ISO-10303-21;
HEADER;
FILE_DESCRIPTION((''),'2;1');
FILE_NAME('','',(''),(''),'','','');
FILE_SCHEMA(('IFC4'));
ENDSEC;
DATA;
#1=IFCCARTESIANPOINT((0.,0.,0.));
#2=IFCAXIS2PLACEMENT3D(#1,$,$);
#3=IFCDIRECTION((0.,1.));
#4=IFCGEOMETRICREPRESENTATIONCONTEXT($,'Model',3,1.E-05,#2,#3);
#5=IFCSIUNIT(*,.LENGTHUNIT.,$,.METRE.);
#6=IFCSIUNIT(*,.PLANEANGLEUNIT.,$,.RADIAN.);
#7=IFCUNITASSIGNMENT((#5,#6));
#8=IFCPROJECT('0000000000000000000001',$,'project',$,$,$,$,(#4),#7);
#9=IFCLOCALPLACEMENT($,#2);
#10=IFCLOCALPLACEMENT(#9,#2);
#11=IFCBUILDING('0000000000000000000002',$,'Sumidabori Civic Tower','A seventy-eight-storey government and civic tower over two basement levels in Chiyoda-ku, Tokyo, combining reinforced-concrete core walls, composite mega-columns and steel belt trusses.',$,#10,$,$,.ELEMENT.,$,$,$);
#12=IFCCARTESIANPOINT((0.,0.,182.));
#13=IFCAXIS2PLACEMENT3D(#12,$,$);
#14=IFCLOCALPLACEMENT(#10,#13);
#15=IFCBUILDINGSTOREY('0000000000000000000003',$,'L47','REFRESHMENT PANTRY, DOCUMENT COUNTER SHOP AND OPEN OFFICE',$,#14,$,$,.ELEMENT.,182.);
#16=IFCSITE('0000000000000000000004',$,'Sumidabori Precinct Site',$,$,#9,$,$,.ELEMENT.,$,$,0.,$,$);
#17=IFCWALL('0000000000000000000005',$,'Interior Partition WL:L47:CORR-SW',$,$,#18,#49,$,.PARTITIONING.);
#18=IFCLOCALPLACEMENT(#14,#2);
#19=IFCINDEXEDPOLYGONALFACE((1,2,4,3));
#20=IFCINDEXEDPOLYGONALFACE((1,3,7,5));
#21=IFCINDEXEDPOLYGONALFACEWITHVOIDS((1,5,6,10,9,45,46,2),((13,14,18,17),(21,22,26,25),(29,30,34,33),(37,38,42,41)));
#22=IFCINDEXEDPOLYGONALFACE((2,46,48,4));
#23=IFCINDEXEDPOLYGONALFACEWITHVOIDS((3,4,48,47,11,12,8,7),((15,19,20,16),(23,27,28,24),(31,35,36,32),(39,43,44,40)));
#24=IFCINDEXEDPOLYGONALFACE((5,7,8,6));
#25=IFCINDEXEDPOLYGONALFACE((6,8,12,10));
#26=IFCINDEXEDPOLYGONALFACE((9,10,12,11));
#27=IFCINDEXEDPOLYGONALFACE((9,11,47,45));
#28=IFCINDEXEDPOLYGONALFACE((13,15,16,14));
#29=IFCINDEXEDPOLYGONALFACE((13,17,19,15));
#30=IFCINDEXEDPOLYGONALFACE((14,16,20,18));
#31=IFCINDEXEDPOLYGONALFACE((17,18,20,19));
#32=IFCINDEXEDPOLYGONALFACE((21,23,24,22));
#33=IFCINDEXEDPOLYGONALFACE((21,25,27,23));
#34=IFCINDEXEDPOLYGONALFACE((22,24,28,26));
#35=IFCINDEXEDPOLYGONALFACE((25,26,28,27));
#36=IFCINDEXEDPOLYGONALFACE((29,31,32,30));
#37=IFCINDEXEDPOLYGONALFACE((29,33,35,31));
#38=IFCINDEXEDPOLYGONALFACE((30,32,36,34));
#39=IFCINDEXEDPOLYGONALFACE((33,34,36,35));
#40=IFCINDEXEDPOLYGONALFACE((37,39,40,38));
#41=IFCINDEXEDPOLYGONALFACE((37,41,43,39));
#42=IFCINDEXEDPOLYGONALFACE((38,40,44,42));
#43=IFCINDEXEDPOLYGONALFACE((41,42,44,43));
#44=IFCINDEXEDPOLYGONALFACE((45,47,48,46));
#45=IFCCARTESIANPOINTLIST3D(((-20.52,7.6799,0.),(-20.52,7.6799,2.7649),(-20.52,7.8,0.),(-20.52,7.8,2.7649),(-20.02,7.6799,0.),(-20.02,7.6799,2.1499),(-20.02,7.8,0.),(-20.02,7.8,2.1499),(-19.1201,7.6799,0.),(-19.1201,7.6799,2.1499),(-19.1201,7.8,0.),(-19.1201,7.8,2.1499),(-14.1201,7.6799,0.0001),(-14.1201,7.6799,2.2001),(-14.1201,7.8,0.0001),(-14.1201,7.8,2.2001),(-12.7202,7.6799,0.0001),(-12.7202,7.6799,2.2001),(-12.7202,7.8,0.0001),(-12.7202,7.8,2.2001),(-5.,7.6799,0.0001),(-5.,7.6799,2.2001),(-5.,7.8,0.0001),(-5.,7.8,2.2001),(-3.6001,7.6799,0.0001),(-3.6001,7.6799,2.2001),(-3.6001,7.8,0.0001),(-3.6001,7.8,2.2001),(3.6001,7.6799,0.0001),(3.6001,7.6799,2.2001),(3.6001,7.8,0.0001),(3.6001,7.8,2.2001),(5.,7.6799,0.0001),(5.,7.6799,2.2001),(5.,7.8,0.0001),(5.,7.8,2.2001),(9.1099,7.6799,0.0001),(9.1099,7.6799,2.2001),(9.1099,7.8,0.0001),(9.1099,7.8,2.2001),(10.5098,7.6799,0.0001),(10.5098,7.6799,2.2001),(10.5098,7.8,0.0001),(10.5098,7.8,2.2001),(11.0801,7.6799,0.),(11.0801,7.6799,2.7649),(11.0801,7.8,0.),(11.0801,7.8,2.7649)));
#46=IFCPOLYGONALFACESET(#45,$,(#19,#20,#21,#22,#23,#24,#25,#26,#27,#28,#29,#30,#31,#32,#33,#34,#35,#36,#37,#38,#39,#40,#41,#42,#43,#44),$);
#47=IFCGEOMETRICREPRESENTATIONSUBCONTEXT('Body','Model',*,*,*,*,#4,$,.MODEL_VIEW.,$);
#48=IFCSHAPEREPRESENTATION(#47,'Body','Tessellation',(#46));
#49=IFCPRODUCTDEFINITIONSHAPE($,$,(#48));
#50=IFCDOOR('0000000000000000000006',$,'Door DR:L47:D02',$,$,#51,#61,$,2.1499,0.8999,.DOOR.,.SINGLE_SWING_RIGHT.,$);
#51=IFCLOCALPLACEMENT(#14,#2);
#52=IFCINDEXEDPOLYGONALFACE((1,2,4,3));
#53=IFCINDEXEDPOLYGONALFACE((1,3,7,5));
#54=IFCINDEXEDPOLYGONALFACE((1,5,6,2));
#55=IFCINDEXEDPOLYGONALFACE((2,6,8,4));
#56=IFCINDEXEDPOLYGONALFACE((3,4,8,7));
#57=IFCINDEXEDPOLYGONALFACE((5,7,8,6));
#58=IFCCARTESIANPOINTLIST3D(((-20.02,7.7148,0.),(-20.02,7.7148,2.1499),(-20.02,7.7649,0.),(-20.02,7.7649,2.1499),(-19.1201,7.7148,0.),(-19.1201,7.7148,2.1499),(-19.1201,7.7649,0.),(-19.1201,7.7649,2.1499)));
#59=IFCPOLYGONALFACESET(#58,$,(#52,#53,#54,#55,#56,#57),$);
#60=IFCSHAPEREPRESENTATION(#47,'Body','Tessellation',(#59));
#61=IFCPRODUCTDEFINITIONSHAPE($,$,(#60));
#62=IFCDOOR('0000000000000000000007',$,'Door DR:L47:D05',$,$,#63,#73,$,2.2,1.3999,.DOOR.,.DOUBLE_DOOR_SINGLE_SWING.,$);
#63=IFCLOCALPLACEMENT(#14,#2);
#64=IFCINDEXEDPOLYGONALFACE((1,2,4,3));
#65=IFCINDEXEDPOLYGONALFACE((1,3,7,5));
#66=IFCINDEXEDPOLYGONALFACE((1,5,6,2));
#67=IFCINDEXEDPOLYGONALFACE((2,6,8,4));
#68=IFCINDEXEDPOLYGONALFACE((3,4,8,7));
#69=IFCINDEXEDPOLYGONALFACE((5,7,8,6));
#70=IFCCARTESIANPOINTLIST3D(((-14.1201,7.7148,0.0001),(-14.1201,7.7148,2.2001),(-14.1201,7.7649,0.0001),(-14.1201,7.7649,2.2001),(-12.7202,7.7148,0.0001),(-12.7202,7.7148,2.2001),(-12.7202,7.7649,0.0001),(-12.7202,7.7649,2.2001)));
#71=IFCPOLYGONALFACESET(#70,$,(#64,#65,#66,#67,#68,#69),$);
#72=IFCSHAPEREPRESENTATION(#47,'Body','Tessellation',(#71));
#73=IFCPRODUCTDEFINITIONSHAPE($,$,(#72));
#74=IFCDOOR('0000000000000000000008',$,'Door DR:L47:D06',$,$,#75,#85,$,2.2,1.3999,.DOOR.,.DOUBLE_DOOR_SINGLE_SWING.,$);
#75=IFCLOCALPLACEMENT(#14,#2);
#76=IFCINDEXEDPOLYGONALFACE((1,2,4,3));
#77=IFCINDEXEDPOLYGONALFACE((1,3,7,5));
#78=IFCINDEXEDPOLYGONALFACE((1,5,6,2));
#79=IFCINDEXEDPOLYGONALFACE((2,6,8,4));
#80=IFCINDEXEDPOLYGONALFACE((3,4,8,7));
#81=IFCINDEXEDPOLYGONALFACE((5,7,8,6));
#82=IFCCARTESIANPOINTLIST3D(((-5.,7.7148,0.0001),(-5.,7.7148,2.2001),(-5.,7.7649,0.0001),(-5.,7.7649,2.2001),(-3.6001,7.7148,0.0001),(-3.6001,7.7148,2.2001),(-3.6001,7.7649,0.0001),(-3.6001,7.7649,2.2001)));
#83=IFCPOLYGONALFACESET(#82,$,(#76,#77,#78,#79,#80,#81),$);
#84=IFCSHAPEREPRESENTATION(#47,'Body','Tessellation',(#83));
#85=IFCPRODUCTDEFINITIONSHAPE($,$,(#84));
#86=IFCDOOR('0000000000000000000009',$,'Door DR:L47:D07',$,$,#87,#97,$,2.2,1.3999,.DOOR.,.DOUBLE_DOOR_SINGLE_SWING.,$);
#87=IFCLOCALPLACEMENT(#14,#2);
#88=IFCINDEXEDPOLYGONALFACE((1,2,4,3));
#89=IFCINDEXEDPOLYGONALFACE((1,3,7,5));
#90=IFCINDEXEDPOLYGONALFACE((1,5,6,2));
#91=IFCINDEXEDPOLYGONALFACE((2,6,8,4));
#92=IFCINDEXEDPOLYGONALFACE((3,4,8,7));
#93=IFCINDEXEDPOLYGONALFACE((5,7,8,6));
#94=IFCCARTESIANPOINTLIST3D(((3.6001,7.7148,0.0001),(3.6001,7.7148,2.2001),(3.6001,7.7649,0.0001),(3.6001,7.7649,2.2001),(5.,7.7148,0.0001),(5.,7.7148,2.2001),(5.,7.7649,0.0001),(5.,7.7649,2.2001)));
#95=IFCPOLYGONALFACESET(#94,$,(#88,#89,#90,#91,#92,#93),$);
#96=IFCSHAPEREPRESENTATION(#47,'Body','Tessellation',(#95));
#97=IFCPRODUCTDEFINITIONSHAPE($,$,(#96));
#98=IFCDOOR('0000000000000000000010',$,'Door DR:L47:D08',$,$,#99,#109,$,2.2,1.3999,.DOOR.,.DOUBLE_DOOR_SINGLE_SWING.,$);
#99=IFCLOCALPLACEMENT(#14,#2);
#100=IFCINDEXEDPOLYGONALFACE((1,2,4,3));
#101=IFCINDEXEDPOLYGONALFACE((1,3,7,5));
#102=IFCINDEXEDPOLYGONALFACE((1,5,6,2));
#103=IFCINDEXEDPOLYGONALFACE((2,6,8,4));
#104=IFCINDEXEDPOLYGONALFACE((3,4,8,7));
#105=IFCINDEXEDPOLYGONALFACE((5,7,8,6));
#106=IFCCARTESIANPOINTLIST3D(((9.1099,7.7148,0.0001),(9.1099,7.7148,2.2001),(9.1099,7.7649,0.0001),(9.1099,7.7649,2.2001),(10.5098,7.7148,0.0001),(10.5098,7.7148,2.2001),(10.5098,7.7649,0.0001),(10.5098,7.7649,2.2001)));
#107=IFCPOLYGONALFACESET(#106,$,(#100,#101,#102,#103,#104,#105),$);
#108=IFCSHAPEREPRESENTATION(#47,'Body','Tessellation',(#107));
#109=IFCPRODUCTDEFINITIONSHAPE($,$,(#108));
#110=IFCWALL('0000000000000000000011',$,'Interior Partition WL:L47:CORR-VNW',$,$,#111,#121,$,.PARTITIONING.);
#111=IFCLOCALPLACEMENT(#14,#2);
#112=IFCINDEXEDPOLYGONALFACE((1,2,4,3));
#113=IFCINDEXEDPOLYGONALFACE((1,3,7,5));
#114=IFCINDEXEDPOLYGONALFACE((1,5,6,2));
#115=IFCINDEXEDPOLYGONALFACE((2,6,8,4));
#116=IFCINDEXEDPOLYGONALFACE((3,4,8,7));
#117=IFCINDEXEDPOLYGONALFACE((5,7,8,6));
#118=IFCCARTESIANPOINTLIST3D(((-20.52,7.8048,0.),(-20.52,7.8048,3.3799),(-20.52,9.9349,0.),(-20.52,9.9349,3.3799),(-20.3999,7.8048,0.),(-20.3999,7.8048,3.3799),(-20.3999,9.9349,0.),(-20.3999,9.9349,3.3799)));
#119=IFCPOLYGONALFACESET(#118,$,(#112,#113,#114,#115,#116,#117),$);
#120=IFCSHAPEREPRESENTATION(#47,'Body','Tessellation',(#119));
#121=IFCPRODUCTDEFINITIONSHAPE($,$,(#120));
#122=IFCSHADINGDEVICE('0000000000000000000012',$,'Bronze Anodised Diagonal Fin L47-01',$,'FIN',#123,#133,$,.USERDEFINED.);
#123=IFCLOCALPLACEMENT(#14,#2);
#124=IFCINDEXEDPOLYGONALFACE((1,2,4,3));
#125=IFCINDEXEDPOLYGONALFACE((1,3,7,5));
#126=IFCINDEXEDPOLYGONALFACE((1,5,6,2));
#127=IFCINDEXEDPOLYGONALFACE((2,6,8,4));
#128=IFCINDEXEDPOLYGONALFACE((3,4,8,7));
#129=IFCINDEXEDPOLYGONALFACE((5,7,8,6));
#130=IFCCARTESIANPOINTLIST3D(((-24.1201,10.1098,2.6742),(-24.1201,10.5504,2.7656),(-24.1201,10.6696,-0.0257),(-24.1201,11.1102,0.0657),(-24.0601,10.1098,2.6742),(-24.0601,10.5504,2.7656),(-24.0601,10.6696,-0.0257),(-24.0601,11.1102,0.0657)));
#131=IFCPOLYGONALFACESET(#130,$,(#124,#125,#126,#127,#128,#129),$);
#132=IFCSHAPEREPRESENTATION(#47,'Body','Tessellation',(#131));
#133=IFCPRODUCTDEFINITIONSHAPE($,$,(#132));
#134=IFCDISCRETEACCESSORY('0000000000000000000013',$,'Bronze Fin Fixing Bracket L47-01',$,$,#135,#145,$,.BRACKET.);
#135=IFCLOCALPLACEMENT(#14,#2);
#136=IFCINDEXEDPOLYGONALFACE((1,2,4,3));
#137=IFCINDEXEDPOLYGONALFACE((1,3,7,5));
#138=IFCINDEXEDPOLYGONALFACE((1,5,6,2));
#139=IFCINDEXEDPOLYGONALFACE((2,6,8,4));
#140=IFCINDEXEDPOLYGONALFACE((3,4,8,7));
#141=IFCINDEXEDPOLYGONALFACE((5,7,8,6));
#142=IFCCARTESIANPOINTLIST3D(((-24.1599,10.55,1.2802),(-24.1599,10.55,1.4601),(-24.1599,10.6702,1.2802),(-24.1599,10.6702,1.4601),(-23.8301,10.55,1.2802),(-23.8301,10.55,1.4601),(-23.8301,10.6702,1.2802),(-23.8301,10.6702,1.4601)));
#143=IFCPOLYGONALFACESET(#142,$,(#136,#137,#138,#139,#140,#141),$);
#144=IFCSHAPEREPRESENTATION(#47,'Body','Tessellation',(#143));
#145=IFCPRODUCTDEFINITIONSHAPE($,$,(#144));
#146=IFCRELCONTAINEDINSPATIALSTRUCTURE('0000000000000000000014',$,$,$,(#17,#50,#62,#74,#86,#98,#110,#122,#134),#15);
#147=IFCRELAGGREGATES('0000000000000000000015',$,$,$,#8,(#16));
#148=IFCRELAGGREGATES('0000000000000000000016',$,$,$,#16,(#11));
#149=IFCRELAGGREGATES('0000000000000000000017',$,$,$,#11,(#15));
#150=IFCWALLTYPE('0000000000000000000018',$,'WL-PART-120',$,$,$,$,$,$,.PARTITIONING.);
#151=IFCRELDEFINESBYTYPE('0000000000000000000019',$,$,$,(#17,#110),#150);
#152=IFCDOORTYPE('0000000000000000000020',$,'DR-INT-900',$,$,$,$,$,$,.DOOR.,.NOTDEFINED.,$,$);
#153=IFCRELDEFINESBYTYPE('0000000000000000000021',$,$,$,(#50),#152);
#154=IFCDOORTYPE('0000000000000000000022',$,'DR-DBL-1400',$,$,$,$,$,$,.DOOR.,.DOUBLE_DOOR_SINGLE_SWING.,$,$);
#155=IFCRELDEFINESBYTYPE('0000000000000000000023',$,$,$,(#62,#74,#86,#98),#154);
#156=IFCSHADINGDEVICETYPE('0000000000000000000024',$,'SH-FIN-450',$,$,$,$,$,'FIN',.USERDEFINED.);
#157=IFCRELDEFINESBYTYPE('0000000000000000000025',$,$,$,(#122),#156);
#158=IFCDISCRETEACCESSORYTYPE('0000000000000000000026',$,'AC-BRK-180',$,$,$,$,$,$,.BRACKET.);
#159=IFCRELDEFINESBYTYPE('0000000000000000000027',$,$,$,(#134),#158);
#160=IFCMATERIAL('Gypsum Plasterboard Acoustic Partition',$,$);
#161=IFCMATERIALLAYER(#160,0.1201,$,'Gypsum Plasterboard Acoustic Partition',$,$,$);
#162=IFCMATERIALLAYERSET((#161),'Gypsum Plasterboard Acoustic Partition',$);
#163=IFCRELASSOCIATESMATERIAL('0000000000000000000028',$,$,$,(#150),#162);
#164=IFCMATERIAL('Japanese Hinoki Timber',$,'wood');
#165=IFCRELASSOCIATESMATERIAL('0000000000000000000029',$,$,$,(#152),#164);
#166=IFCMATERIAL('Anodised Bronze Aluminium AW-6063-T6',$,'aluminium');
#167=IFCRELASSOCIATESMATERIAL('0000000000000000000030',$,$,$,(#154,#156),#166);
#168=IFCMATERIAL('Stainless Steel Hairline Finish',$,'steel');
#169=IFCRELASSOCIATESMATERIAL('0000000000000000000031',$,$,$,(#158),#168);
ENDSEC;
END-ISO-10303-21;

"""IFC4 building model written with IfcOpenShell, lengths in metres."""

from ifc_helpers import new_model, si_unit, direction, frame, frame_2d, origin, origin_2d, place, context, subcontext, project, spatial, rectangle, extrude, source, transform, mapped, material, layer, layer_set, material_profile, profile_set, type_object, element, fill, save


model = new_model("IFC4")

# Units and contexts
model_context = context("Model", 3, precision=1e-05, world=origin(), true_north=direction((0.0, 1.0)))
body_context = subcontext(model_context, "Body", "Model", "MODEL_VIEW")
ifc_project = project(units=[si_unit("LENGTHUNIT", "METRE"), si_unit("PLANEANGLEUNIT", "RADIAN")], contexts=[model_context])

# Site, building, storey
site_placement = place(None, origin())
site = spatial("IfcSite", under=ifc_project, at=site_placement, Name="Sumidabori Precinct Site", CompositionType="ELEMENT", RefElevation=0.0)
building_placement = place(site_placement, origin())
building = spatial("IfcBuilding", under=site, at=building_placement, Name="Sumidabori Civic Tower", Description="A seventy-eight-storey government and civic tower over two basement levels in Chiyoda-ku, Tokyo, combining reinforced-concrete core walls, composite mega-columns and steel belt trusses.", CompositionType="ELEMENT")
storey_placement = place(building_placement, frame((0.0, 0.0, 182.0)))
storey = spatial("IfcBuildingStorey", under=building, at=storey_placement, Name="L47", Description="REFRESHMENT PANTRY, DOCUMENT COUNTER SHOP AND OPEN OFFICE", CompositionType="ELEMENT", Elevation=182.0)

# Shared definitions
ifc_material_1 = material(Name="Anodised Bronze Aluminium AW-6063-T6", Category="aluminium")

# Shared definitions
ifc_material_2 = material(Name="Gypsum Plasterboard Acoustic Partition")
ifc_layer_1 = layer(ifc_material_2, 0.1201, Name="Gypsum Plasterboard Acoustic Partition")
ifc_layer_set_1 = layer_set([ifc_layer_1], Name="Gypsum Plasterboard Acoustic Partition")
wall_type = type_object("IfcWallType", Name="WL-PART-120", PredefinedType="PARTITIONING", material=ifc_layer_set_1)
ifc_material_3 = material(Name="Japanese Hinoki Timber", Category="wood")
door_type_1 = type_object("IfcDoorType", Name="DR-INT-900", OperationType="NOTDEFINED", PredefinedType="DOOR", material=ifc_material_3)
shared_shape_1 = source(origin(), body_context, "Body", "SweptSolid", [
    extrude(rectangle(XDim=0.8999, YDim=2.1499, at=frame_2d((0.45, 1.075))), frame((0.0, 0.0249, 0.0), z_axis=(0.0, -1.0, 0.0), x_axis=(1.0, 0.0, 0.0)), (0.0, 0.0, 1.0), 0.05),
])

# Wall, openings, doors
shared_shape_2 = source(origin(), body_context, "Body", "SweptSolid", [
    extrude(rectangle(XDim=31.6001, YDim=0.1201, at=frame_2d((15.8, 0.0))), origin(), (0.0, 0.0, 1.0), 2.7649),
])
wall_1_placement = place(storey_placement, frame((-20.52, 7.74, 0.0), z_axis=(0.0, 0.0, 1.0), x_axis=(1.0, 0.0, 0.0)))
wall_1 = element("IfcWall", 1, at=wall_1_placement, inside=storey, type_object=wall_type, Name="Interior Partition WL:L47:CORR-SW", PredefinedType="PARTITIONING", context=body_context, shape_type="MappedRepresentation", body=[
    mapped(shared_shape_2, transform((0.0, 0.0, 0.0), x_axis=(1.0, 0.0, 0.0), y_axis=(0.0, 1.0, 0.0), z_axis=(0.0, 0.0, 1.0), scale=1.0)),
])
opening_1_placement = place(wall_1_placement, frame((0.5, 0.0, 0.0)))
opening_1 = element("IfcOpeningElement", 2, at=opening_1_placement, cuts=wall_1, PredefinedType="OPENING", context=body_context, shape_type="SweptSolid", body=[
    extrude(rectangle(XDim=0.8999, YDim=2.1499, at=frame_2d((0.45, 1.075))), frame((0.0, 0.072, 0.0), z_axis=(0.0, -1.0, 0.0), x_axis=(1.0, 0.0, 0.0)), (0.0, 0.0, 1.0), 0.144),
])
opening_2_placement = place(wall_1_placement, frame((6.3999, 0.0, 0.0)))
opening_2 = element("IfcOpeningElement", 3, at=opening_2_placement, cuts=wall_1, PredefinedType="OPENING", context=body_context, shape_type="SweptSolid", body=[
    extrude(rectangle(XDim=1.3999, YDim=2.2, at=frame_2d((0.7, 1.1001))), frame((0.0, 0.072, 0.0), z_axis=(0.0, -1.0, 0.0), x_axis=(1.0, 0.0, 0.0)), (0.0, 0.0, 1.0), 0.144),
])
opening_3_placement = place(wall_1_placement, frame((15.52, 0.0, 0.0)))
opening_3 = element("IfcOpeningElement", 4, at=opening_3_placement, cuts=wall_1, PredefinedType="OPENING", context=body_context, shape_type="SweptSolid", body=[
    extrude(rectangle(XDim=1.3999, YDim=2.2, at=frame_2d((0.7, 1.1001))), frame((0.0, 0.072, 0.0), z_axis=(0.0, -1.0, 0.0), x_axis=(1.0, 0.0, 0.0)), (0.0, 0.0, 1.0), 0.144),
])
opening_4_placement = place(wall_1_placement, frame((24.1201, 0.0, 0.0)))
opening_4 = element("IfcOpeningElement", 5, at=opening_4_placement, cuts=wall_1, PredefinedType="OPENING", context=body_context, shape_type="SweptSolid", body=[
    extrude(rectangle(XDim=1.3999, YDim=2.2, at=frame_2d((0.7, 1.1001))), frame((0.0, 0.072, 0.0), z_axis=(0.0, -1.0, 0.0), x_axis=(1.0, 0.0, 0.0)), (0.0, 0.0, 1.0), 0.144),
])
opening_5_placement = place(wall_1_placement, frame((29.6299, 0.0, 0.0)))
opening_5 = element("IfcOpeningElement", 6, at=opening_5_placement, cuts=wall_1, PredefinedType="OPENING", context=body_context, shape_type="SweptSolid", body=[
    extrude(rectangle(XDim=1.3999, YDim=2.2, at=frame_2d((0.7, 1.1001))), frame((0.0, 0.072, 0.0), z_axis=(0.0, -1.0, 0.0), x_axis=(1.0, 0.0, 0.0)), (0.0, 0.0, 1.0), 0.144),
])
door_1_placement = place(opening_1_placement, origin())
door_1 = element("IfcDoor", 7, at=door_1_placement, inside=storey, type_object=door_type_1, Name="Door DR:L47:D02", OperationType="SINGLE_SWING_RIGHT", OverallHeight=2.1499, OverallWidth=0.8999, PredefinedType="DOOR", context=body_context, shape_type="MappedRepresentation", body=[
    mapped(shared_shape_1, transform((0.0, 0.0, 0.0), x_axis=(1.0, 0.0, 0.0), y_axis=(0.0, 1.0, 0.0), z_axis=(0.0, 0.0, 1.0), scale=1.0)),
])
fill(opening_1, door_1)
door_type_2 = type_object("IfcDoorType", Name="DR-DBL-1400", OperationType="DOUBLE_DOOR_SINGLE_SWING", PredefinedType="DOOR", material=ifc_material_1)
shared_shape_3 = source(origin(), body_context, "Body", "SweptSolid", [
    extrude(rectangle(XDim=1.3999, YDim=2.2, at=frame_2d((0.7, 1.1001))), frame((0.0, 0.0249, 0.0), z_axis=(0.0, -1.0, 0.0), x_axis=(1.0, 0.0, 0.0)), (0.0, 0.0, 1.0), 0.05),
])
door_2_placement = place(opening_2_placement, origin())
door_2 = element("IfcDoor", 8, at=door_2_placement, inside=storey, type_object=door_type_2, Name="Door DR:L47:D05", OperationType="DOUBLE_DOOR_SINGLE_SWING", OverallHeight=2.2, OverallWidth=1.3999, PredefinedType="DOOR", context=body_context, shape_type="MappedRepresentation", body=[
    mapped(shared_shape_3, transform((0.0, 0.0, 0.0), x_axis=(1.0, 0.0, 0.0), y_axis=(0.0, 1.0, 0.0), z_axis=(0.0, 0.0, 1.0), scale=1.0)),
])
fill(opening_2, door_2)
door_3_placement = place(opening_3_placement, origin())
door_3 = element("IfcDoor", 9, at=door_3_placement, inside=storey, type_object=door_type_2, Name="Door DR:L47:D06", OperationType="DOUBLE_DOOR_SINGLE_SWING", OverallHeight=2.2, OverallWidth=1.3999, PredefinedType="DOOR", context=body_context, shape_type="MappedRepresentation", body=[
    mapped(shared_shape_3, transform((0.0, 0.0, 0.0), x_axis=(1.0, 0.0, 0.0), y_axis=(0.0, 1.0, 0.0), z_axis=(0.0, 0.0, 1.0), scale=1.0)),
])
fill(opening_3, door_3)
door_4_placement = place(opening_4_placement, origin())
door_4 = element("IfcDoor", 10, at=door_4_placement, inside=storey, type_object=door_type_2, Name="Door DR:L47:D07", OperationType="DOUBLE_DOOR_SINGLE_SWING", OverallHeight=2.2, OverallWidth=1.3999, PredefinedType="DOOR", context=body_context, shape_type="MappedRepresentation", body=[
    mapped(shared_shape_3, transform((0.0, 0.0, 0.0), x_axis=(1.0, 0.0, 0.0), y_axis=(0.0, 1.0, 0.0), z_axis=(0.0, 0.0, 1.0), scale=1.0)),
])
fill(opening_4, door_4)
door_5_placement = place(opening_5_placement, origin())
door_5 = element("IfcDoor", 11, at=door_5_placement, inside=storey, type_object=door_type_2, Name="Door DR:L47:D08", OperationType="DOUBLE_DOOR_SINGLE_SWING", OverallHeight=2.2, OverallWidth=1.3999, PredefinedType="DOOR", context=body_context, shape_type="MappedRepresentation", body=[
    mapped(shared_shape_3, transform((0.0, 0.0, 0.0), x_axis=(1.0, 0.0, 0.0), y_axis=(0.0, 1.0, 0.0), z_axis=(0.0, 0.0, 1.0), scale=1.0)),
])
fill(opening_5, door_5)

# Wall
shared_shape_4 = source(origin(), body_context, "Body", "SweptSolid", [
    extrude(rectangle(XDim=2.1301, YDim=0.1201, at=frame_2d((1.0649, 0.0))), origin(), (0.0, 0.0, 1.0), 3.3799),
])
wall_2_placement = place(storey_placement, frame((-20.46, 7.8049, 0.0), z_axis=(0.0, 0.0, 1.0), x_axis=(0.0, 1.0, 0.0)))
element("IfcWall", 12, at=wall_2_placement, inside=storey, type_object=wall_type, Name="Interior Partition WL:L47:CORR-VNW", PredefinedType="PARTITIONING", context=body_context, shape_type="MappedRepresentation", body=[
    mapped(shared_shape_4, transform((0.0, 0.0, 0.0), x_axis=(1.0, 0.0, 0.0), y_axis=(0.0, 1.0, 0.0), z_axis=(0.0, 0.0, 1.0), scale=1.0)),
])

# Shading device
ifc_material_profile_1 = material_profile(ifc_material_1, rectangle(XDim=0.0601, YDim=0.45, at=origin_2d()), Name="BRONZE FIN 450x60")
ifc_profile_set_1 = profile_set([ifc_material_profile_1], Name="Anodised Bronze Aluminium AW-6063-T6")
shading_device_type = type_object("IfcShadingDeviceType", Name="SH-FIN-450", ElementType="FIN", PredefinedType="USERDEFINED", material=ifc_profile_set_1)
shared_shape_5 = source(origin(), body_context, "Body", "SweptSolid", [
    extrude(rectangle(XDim=0.0601, YDim=0.45, at=origin_2d()), origin(), (0.0, 0.0, 1.0), 2.7573),
])
shading_device_placement = place(storey_placement, frame((-24.0901, 10.8899, 0.02), z_axis=(0.0, -0.203024, 0.979174), x_axis=(-1.0, 0.0, 0.0)))
element("IfcShadingDevice", 13, at=shading_device_placement, inside=storey, type_object=shading_device_type, Name="Bronze Anodised Diagonal Fin L47-01", ObjectType="FIN", PredefinedType="USERDEFINED", context=body_context, shape_type="MappedRepresentation", body=[
    mapped(shared_shape_5, transform((0.0, 0.0, 0.0), x_axis=(1.0, 0.0, 0.0), y_axis=(0.0, 1.0, 0.0), z_axis=(0.0, 0.0, 1.0), scale=1.0)),
])

# Discrete accessory
ifc_material_4 = material(Name="Stainless Steel Hairline Finish", Category="steel")
ifc_material_profile_2 = material_profile(ifc_material_4, rectangle(XDim=0.1201, YDim=0.1799, at=origin_2d()), Name="STEEL BRACKET 180x120")
ifc_profile_set_2 = profile_set([ifc_material_profile_2], Name="Stainless Steel Hairline Finish")
discrete_accessory_type = type_object("IfcDiscreteAccessoryType", Name="AC-BRK-180", PredefinedType="BRACKET", material=ifc_profile_set_2)
shared_shape_6 = source(origin(), body_context, "Body", "SweptSolid", [
    extrude(rectangle(XDim=0.1201, YDim=0.1799, at=origin_2d()), origin(), (0.0, 0.0, 1.0), 0.3298),
])
discrete_accessory_placement = place(storey_placement, frame((-23.8301, 10.6101, 1.3701), z_axis=(-1.0, 0.0, 0.0), x_axis=(0.0, -1.0, 0.0)))
element("IfcDiscreteAccessory", 14, at=discrete_accessory_placement, inside=storey, type_object=discrete_accessory_type, Name="Bronze Fin Fixing Bracket L47-01", PredefinedType="BRACKET", context=body_context, shape_type="MappedRepresentation", body=[
    mapped(shared_shape_6, transform((0.0, 0.0, 0.0), x_axis=(1.0, 0.0, 0.0), y_axis=(0.0, 1.0, 0.0), z_axis=(0.0, 0.0, 1.0), scale=1.0)),
])

save(model, "model.ifc")
